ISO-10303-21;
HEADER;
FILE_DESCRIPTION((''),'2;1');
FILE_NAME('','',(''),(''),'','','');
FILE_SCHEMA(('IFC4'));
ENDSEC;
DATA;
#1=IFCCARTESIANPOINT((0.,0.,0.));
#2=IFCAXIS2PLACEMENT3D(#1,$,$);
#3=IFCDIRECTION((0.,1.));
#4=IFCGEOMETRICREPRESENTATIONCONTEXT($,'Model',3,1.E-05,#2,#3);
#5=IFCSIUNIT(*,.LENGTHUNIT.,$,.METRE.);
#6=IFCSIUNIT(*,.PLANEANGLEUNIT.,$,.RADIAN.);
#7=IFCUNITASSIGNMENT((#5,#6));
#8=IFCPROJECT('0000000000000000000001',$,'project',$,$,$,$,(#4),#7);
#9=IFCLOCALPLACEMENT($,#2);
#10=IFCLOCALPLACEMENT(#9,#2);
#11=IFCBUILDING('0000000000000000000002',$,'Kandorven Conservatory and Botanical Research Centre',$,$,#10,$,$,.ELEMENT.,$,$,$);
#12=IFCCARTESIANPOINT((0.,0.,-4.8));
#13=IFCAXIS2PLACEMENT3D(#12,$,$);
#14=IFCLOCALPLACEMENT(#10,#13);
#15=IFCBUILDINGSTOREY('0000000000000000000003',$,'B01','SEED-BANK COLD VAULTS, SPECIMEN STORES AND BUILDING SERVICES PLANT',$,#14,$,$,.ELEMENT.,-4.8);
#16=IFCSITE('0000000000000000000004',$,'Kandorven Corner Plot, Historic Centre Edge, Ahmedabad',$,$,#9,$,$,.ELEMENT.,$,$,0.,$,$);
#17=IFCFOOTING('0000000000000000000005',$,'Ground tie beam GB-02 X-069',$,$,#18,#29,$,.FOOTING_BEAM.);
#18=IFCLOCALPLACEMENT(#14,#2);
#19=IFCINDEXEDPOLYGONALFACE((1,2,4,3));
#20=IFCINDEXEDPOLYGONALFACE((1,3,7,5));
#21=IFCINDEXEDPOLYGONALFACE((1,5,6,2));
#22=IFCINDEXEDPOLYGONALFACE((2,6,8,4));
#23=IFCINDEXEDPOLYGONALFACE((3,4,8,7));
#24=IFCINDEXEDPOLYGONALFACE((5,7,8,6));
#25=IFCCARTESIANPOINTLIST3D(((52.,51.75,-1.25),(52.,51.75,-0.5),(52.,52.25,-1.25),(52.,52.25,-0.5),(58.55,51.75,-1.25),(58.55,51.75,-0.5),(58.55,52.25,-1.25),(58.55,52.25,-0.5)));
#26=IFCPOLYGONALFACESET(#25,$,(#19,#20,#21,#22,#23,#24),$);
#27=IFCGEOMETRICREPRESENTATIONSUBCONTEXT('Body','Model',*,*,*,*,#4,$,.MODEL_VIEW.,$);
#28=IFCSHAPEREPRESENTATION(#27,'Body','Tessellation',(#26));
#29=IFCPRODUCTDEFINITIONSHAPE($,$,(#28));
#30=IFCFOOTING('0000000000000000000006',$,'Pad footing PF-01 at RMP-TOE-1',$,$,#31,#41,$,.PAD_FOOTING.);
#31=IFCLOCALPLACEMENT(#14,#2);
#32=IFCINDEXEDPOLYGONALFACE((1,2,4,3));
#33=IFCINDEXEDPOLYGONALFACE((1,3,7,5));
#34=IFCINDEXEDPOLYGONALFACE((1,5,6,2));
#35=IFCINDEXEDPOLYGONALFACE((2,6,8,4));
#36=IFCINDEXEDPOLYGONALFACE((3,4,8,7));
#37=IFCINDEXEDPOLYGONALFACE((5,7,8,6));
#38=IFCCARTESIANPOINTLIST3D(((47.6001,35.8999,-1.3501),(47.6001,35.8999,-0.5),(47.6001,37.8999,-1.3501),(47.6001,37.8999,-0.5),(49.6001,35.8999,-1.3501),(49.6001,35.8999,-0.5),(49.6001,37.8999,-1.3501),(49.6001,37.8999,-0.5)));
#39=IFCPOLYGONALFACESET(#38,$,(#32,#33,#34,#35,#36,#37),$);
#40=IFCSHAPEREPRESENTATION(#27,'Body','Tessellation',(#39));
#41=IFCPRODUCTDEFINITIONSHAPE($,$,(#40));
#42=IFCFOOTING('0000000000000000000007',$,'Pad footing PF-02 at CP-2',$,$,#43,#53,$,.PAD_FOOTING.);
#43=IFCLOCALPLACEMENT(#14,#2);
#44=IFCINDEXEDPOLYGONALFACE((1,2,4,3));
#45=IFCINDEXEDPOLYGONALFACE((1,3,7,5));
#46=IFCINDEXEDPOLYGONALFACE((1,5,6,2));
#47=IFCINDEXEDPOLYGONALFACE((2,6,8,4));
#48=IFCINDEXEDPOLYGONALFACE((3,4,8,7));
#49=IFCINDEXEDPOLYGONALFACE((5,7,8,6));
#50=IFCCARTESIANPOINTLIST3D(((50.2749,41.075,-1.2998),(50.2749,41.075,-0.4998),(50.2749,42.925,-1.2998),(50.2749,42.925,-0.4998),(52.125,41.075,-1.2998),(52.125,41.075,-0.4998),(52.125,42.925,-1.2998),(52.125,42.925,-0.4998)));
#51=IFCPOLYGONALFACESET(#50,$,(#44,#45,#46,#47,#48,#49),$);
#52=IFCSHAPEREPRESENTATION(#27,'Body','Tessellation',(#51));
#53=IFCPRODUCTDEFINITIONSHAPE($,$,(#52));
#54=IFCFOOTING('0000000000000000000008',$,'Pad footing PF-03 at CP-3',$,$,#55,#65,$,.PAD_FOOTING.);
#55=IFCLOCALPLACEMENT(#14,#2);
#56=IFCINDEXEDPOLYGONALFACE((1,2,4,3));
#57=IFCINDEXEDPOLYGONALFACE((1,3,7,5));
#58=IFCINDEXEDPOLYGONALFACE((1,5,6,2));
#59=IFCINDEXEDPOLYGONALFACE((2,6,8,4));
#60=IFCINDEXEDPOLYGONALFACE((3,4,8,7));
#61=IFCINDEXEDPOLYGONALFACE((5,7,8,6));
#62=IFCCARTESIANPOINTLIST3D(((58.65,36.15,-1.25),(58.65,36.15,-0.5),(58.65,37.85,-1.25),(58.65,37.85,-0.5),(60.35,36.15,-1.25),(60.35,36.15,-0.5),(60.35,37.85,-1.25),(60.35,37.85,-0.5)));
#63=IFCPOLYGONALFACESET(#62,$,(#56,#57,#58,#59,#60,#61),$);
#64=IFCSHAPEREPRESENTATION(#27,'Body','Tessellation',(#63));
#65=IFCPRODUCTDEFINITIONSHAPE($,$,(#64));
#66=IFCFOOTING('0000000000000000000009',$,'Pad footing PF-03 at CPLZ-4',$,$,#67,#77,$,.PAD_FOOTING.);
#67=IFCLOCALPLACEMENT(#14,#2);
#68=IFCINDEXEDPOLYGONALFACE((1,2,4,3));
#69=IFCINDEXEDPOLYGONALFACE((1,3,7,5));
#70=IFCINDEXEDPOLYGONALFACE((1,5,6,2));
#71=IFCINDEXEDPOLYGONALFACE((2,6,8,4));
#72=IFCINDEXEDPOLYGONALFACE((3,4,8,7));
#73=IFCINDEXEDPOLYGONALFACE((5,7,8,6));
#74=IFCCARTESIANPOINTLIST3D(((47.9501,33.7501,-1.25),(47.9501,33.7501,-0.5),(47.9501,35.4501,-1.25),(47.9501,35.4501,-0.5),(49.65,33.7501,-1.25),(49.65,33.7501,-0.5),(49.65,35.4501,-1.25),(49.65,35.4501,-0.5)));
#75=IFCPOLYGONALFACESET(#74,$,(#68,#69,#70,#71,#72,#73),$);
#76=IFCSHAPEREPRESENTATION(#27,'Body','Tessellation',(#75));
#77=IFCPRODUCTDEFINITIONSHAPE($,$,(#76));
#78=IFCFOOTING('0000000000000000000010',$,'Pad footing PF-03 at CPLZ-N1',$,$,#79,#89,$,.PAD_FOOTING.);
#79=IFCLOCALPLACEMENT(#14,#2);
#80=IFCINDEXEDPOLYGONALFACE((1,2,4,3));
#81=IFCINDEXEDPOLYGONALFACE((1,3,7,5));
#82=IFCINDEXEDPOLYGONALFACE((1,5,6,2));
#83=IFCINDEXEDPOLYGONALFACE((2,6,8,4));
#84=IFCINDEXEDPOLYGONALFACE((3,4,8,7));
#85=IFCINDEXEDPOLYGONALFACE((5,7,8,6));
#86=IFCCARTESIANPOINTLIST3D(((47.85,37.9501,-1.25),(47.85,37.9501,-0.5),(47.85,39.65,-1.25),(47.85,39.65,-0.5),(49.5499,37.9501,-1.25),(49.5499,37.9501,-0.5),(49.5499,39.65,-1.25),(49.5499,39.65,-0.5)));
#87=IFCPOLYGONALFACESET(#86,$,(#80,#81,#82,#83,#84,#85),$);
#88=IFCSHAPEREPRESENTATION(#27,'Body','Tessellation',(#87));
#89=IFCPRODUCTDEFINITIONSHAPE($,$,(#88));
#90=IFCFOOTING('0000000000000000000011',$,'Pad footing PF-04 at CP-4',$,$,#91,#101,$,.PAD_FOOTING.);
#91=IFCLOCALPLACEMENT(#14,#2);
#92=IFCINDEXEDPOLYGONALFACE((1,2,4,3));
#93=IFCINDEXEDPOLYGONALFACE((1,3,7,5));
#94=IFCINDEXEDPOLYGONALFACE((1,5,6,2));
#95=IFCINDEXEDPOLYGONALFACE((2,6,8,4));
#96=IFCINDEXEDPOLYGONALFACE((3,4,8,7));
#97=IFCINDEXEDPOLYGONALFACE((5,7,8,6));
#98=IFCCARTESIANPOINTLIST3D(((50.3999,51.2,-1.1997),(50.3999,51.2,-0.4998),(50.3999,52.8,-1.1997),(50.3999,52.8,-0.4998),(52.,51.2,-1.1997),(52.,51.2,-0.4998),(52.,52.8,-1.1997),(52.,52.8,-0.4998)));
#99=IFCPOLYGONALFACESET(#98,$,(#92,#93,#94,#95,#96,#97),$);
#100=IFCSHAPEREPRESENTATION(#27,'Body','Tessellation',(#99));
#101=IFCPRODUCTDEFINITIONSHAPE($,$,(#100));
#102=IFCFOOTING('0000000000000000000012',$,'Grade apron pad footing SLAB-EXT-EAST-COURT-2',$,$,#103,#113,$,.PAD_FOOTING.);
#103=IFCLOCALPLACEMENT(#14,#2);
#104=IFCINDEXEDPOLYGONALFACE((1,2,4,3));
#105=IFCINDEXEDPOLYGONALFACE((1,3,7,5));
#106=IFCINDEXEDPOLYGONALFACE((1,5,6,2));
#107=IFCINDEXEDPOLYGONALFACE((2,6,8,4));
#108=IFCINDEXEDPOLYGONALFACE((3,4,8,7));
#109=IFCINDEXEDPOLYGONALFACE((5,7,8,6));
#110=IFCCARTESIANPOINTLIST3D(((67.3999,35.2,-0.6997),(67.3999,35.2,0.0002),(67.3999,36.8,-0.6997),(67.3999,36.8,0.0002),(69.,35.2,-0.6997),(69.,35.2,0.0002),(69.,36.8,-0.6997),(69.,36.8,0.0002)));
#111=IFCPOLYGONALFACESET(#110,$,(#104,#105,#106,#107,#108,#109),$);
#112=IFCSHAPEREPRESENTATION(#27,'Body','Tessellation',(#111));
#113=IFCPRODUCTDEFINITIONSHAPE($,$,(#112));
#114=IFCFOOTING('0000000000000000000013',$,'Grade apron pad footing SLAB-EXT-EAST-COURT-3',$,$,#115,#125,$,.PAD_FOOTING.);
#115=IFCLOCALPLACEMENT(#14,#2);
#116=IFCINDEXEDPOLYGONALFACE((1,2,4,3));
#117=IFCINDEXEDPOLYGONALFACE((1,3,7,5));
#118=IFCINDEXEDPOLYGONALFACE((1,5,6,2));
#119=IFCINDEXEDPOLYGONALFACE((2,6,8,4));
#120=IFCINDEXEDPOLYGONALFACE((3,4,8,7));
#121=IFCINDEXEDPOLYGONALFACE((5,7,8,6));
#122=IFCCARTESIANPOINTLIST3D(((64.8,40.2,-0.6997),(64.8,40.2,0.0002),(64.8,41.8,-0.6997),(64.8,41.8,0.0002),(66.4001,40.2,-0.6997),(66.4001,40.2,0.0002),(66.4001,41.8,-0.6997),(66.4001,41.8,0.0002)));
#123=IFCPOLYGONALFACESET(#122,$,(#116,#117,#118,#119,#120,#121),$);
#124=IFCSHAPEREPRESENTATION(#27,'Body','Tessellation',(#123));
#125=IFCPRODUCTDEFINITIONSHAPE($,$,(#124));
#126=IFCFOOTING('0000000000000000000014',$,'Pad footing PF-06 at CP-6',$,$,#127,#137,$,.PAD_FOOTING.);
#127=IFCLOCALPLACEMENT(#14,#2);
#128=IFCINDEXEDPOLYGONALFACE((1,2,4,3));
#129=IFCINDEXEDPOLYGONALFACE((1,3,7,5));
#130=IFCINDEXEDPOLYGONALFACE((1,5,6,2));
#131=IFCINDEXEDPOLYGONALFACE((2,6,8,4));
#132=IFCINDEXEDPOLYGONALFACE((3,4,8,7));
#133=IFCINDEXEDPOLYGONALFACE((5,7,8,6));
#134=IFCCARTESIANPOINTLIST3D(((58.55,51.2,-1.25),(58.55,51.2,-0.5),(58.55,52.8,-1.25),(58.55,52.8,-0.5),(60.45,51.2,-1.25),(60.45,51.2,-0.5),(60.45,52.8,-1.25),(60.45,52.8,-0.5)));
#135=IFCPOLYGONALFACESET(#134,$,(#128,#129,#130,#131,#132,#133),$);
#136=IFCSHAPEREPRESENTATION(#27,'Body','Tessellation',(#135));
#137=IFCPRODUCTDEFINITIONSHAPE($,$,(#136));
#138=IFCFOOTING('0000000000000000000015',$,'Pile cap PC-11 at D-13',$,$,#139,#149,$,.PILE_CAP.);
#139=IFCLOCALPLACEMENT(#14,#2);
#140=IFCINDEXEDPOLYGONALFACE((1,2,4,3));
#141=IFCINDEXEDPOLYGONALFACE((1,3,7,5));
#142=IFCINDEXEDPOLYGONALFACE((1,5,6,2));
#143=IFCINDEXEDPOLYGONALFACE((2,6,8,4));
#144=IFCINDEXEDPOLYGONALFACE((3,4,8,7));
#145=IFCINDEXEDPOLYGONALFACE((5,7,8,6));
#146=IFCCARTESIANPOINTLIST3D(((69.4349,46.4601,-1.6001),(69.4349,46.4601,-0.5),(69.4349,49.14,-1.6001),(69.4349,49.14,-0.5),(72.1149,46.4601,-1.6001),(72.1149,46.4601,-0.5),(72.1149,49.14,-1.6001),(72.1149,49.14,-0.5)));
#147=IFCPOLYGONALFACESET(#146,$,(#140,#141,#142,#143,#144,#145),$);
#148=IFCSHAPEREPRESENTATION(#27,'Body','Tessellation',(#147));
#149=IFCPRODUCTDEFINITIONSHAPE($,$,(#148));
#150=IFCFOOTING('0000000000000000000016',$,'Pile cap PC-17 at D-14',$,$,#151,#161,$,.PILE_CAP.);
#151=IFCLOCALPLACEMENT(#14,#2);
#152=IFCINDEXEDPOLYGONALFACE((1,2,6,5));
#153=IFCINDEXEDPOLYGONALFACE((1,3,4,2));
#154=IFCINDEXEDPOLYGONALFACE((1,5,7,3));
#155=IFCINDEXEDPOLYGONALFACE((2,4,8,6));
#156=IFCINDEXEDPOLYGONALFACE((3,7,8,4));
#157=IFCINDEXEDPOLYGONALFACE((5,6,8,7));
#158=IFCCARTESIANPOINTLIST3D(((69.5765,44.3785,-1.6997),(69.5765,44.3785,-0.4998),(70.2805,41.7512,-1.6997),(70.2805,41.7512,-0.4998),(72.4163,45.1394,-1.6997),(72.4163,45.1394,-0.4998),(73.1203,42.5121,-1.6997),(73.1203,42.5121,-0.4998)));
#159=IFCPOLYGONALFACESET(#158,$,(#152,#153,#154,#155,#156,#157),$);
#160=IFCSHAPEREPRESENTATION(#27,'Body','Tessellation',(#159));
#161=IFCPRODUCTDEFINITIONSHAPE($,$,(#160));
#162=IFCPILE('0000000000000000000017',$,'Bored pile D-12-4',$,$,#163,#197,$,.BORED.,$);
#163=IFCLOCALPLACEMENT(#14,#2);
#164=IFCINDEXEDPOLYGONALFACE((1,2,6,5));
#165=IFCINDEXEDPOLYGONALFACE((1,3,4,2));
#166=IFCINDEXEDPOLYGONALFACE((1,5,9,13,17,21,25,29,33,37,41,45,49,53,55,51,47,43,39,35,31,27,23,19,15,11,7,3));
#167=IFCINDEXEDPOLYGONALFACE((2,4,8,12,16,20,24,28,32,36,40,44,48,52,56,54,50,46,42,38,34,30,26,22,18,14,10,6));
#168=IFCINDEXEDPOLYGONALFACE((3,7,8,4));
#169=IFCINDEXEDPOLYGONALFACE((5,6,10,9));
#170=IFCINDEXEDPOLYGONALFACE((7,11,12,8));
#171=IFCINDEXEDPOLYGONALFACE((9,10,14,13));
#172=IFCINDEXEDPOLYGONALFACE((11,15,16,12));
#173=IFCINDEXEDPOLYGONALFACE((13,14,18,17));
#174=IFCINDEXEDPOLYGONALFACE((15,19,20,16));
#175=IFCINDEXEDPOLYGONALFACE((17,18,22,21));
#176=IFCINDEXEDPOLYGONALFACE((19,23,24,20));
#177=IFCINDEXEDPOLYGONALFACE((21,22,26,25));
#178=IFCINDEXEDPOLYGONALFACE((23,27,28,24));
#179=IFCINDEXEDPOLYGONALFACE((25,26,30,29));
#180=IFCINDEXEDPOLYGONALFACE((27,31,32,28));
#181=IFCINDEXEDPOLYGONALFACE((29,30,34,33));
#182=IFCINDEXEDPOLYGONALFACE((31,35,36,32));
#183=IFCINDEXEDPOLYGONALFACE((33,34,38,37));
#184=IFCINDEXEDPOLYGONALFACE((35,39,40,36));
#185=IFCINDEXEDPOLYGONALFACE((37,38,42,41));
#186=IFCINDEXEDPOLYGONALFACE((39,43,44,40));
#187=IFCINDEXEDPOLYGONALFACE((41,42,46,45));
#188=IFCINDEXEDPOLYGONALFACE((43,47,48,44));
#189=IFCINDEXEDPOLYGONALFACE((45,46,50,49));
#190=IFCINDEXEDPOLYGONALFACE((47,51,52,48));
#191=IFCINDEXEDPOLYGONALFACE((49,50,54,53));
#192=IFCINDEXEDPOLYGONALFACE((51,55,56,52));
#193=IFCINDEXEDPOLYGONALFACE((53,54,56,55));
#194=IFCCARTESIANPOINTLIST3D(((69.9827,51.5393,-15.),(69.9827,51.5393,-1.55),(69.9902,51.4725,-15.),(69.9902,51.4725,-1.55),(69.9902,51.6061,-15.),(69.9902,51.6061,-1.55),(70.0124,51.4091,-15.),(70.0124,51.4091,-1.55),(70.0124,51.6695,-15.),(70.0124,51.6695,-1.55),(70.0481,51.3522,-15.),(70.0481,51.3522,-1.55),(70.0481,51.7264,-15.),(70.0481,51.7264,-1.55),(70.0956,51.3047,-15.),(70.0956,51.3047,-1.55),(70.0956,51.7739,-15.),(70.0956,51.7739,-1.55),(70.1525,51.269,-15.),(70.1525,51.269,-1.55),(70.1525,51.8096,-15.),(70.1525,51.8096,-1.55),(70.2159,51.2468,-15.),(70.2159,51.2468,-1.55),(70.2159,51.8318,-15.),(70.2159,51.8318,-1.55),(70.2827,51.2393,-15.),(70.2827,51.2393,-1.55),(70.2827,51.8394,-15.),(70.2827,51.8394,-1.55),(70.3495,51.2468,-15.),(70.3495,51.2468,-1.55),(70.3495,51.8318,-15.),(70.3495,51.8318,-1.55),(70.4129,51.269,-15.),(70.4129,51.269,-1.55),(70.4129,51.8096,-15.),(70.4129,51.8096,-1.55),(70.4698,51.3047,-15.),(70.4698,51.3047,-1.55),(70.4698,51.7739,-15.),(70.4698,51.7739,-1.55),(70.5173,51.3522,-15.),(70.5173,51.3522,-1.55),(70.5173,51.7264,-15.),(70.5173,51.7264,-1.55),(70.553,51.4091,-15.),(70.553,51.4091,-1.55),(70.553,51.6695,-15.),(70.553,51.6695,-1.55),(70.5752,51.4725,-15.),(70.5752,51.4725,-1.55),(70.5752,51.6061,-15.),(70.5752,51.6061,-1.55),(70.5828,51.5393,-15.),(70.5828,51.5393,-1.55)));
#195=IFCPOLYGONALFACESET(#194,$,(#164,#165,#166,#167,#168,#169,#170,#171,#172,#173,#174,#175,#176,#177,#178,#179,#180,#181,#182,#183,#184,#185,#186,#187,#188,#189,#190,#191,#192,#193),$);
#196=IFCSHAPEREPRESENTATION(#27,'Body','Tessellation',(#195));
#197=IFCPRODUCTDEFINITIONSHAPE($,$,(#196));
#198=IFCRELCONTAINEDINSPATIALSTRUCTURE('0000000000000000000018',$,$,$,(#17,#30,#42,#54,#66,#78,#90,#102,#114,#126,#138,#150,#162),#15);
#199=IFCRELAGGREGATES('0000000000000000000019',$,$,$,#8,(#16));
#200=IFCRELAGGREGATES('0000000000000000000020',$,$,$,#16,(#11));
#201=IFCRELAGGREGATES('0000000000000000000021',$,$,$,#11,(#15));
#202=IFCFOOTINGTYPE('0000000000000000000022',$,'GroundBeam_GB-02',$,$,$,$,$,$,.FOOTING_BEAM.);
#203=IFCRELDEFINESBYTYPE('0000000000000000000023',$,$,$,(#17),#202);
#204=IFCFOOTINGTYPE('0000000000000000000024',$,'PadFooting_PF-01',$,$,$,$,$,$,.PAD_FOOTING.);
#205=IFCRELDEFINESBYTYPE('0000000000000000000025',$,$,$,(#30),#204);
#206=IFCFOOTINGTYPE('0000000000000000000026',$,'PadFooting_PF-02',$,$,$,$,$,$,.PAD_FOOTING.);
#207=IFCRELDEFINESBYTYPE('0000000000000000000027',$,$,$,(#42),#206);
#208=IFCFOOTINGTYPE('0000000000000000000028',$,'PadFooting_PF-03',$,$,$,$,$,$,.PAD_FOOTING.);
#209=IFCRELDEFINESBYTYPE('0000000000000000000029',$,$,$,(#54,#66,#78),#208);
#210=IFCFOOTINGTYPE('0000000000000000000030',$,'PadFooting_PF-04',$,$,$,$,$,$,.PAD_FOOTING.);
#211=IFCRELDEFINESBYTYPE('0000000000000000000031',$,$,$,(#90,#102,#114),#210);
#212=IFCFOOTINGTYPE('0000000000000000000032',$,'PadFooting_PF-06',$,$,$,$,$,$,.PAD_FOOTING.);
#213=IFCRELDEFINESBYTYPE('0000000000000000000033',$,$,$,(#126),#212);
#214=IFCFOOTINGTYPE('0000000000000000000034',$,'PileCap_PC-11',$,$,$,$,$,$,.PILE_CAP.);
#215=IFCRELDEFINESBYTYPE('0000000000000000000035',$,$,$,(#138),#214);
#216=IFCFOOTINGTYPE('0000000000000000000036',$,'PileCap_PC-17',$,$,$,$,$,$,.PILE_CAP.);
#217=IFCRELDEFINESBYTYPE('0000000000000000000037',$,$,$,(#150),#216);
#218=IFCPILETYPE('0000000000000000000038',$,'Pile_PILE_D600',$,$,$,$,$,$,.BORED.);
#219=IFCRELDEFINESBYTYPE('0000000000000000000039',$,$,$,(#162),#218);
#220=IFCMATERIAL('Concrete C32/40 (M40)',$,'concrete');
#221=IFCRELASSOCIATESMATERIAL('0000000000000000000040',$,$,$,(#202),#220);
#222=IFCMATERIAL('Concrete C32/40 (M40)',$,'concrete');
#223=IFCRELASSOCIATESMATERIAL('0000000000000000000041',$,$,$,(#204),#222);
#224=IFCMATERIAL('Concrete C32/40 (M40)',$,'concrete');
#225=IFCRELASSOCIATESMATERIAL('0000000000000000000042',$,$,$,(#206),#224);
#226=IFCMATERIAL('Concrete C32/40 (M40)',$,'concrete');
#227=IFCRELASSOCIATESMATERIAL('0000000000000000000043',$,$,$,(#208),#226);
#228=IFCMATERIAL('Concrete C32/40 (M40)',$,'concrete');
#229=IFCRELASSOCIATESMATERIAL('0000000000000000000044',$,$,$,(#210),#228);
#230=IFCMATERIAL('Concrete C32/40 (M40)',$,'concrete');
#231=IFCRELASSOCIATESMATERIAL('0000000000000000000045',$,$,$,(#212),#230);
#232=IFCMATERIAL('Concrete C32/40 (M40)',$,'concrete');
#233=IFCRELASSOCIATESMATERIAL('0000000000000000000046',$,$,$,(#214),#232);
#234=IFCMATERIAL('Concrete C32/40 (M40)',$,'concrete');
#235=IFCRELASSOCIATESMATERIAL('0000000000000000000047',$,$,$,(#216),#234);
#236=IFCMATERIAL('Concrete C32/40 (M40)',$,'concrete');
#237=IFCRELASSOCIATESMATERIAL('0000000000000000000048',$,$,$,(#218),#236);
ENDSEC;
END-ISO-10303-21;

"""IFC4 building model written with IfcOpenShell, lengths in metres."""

from ifc_helpers import new_model, si_unit, direction, frame, origin, origin_2d, place, context, subcontext, project, spatial, rectangle, circle, extrude, material, material_profile, profile_set, type_object, element, save


model = new_model("IFC4")

# Units and contexts
model_context = context("Model", 3, precision=1e-05, world=origin(), true_north=direction((0.0, 1.0)))
body_context = subcontext(model_context, "Body", "Model", "MODEL_VIEW")
ifc_project = project(units=[si_unit("LENGTHUNIT", "METRE"), si_unit("PLANEANGLEUNIT", "RADIAN")], contexts=[model_context])

# Site, building, storey
site_placement = place(None, origin())
site = spatial("IfcSite", under=ifc_project, at=site_placement, Name="Kandorven Corner Plot, Historic Centre Edge, Ahmedabad", CompositionType="ELEMENT", RefElevation=0.0)
building_placement = place(site_placement, origin())
building = spatial("IfcBuilding", under=site, at=building_placement, Name="Kandorven Conservatory and Botanical Research Centre", CompositionType="ELEMENT")
storey_placement = place(building_placement, frame((0.0, 0.0, -4.8)))
storey = spatial("IfcBuildingStorey", under=building, at=storey_placement, Name="B01", Description="SEED-BANK COLD VAULTS, SPECIMEN STORES AND BUILDING SERVICES PLANT", CompositionType="ELEMENT", Elevation=-4.8)

# Footings
ifc_material_1 = material(Name="Concrete C32/40 (M40)", Category="concrete")
ifc_material_profile_1 = material_profile(ifc_material_1, rectangle(XDim=0.5, YDim=0.75, at=origin_2d()))
ifc_profile_set_1 = profile_set([ifc_material_profile_1], Name="Concrete C32/40 (M40)")
footing_type_1 = type_object("IfcFootingType", Name="GroundBeam_GB-02", PredefinedType="FOOTING_BEAM", material=ifc_profile_set_1)
footing_1_placement = place(storey_placement, frame((52.0, 52.0, -0.875), z_axis=(1.0, 0.0, 0.0), x_axis=(0.0, 1.0, 0.0)))
element("IfcFooting", 1, at=footing_1_placement, inside=storey, type_object=footing_type_1, Name="Ground tie beam GB-02 X-069", PredefinedType="FOOTING_BEAM", context=body_context, shape_type="SweptSolid", body=[
    extrude(rectangle(XDim=0.5, YDim=0.75, at=origin_2d()), origin(), (0.0, 0.0, 1.0), 6.55),
])
ifc_material_2 = material(Name="Concrete C32/40 (M40)", Category="concrete")
footing_type_2 = type_object("IfcFootingType", Name="PadFooting_PF-01", PredefinedType="PAD_FOOTING", material=ifc_material_2)
footing_2_placement = place(storey_placement, frame((48.6001, 36.8999, -1.3501), z_axis=(0.0, 0.0, 1.0), x_axis=(1.0, 0.0, 0.0)))
element("IfcFooting", 2, at=footing_2_placement, inside=storey, type_object=footing_type_2, Name="Pad footing PF-01 at RMP-TOE-1", PredefinedType="PAD_FOOTING", context=body_context, shape_type="SweptSolid", body=[
    extrude(rectangle(XDim=2.0, YDim=2.0, at=origin_2d()), origin(), (0.0, 0.0, 1.0), 0.8501),
])
ifc_material_3 = material(Name="Concrete C32/40 (M40)", Category="concrete")
footing_type_3 = type_object("IfcFootingType", Name="PadFooting_PF-02", PredefinedType="PAD_FOOTING", material=ifc_material_3)
footing_3_placement = place(storey_placement, frame((51.2, 42.0, -1.2998), z_axis=(0.0, 0.0, 1.0), x_axis=(1.0, 0.0, 0.0)))
element("IfcFooting", 3, at=footing_3_placement, inside=storey, type_object=footing_type_3, Name="Pad footing PF-02 at CP-2", PredefinedType="PAD_FOOTING", context=body_context, shape_type="SweptSolid", body=[
    extrude(rectangle(XDim=1.8501, YDim=1.8501, at=origin_2d()), origin(), (0.0, 0.0, 1.0), 0.8),
])
ifc_material_4 = material(Name="Concrete C32/40 (M40)", Category="concrete")
footing_type_4 = type_object("IfcFootingType", Name="PadFooting_PF-03", PredefinedType="PAD_FOOTING", material=ifc_material_4)
for number, where, z_axis, x_axis, name in (
    (4, (59.5, 37.0, -1.25), (0.0, 0.0, 1.0), (1.0, 0.0, 0.0), "Pad footing PF-03 at CP-3"),
    (5, (48.8, 34.6001, -1.25), (0.0, 0.0, 1.0), (1.0, 0.0, 0.0), "Pad footing PF-03 at CPLZ-4"),
    (6, (48.7, 38.8, -1.25), (0.0, 0.0, 1.0), (1.0, 0.0, 0.0), "Pad footing PF-03 at CPLZ-N1"),
):
    element("IfcFooting", number, at=place(storey_placement, frame(where, z_axis=z_axis, x_axis=x_axis)), inside=storey, type_object=footing_type_4, Name=name, PredefinedType="PAD_FOOTING", context=body_context, shape_type="SweptSolid", body=[
        extrude(rectangle(XDim=1.7, YDim=1.7, at=origin_2d()), origin(), (0.0, 0.0, 1.0), 0.75),
    ])
ifc_material_5 = material(Name="Concrete C32/40 (M40)", Category="concrete")
footing_type_5 = type_object("IfcFootingType", Name="PadFooting_PF-04", PredefinedType="PAD_FOOTING", material=ifc_material_5)
for number, where, z_axis, x_axis, name in (
    (7, (51.2, 52.0, -1.1997), (0.0, 0.0, 1.0), (1.0, 0.0, 0.0), "Pad footing PF-04 at CP-4"),
    (8, (68.2, 36.0, -0.6997), (0.0, 0.0, 1.0), (1.0, 0.0, 0.0), "Grade apron pad footing SLAB-EXT-EAST-COURT-2"),
    (9, (65.6001, 41.0, -0.6997), (0.0, 0.0, 1.0), (1.0, 0.0, 0.0), "Grade apron pad footing SLAB-EXT-EAST-COURT-3"),
):
    element("IfcFooting", number, at=place(storey_placement, frame(where, z_axis=z_axis, x_axis=x_axis)), inside=storey, type_object=footing_type_5, Name=name, PredefinedType="PAD_FOOTING", context=body_context, shape_type="SweptSolid", body=[
        extrude(rectangle(XDim=1.6001, YDim=1.6001, at=origin_2d()), origin(), (0.0, 0.0, 1.0), 0.7),
    ])
ifc_material_6 = material(Name="Concrete C32/40 (M40)", Category="concrete")
footing_type_6 = type_object("IfcFootingType", Name="PadFooting_PF-06", PredefinedType="PAD_FOOTING", material=ifc_material_6)
footing_4_placement = place(storey_placement, frame((59.5, 52.0, -1.25), z_axis=(0.0, 0.0, 1.0), x_axis=(1.0, 0.0, 0.0)))
element("IfcFooting", 10, at=footing_4_placement, inside=storey, type_object=footing_type_6, Name="Pad footing PF-06 at CP-6", PredefinedType="PAD_FOOTING", context=body_context, shape_type="SweptSolid", body=[
    extrude(rectangle(XDim=1.8999, YDim=1.6001, at=origin_2d()), origin(), (0.0, 0.0, 1.0), 0.75),
])
ifc_material_7 = material(Name="Concrete C32/40 (M40)", Category="concrete")
footing_type_7 = type_object("IfcFootingType", Name="PileCap_PC-11", PredefinedType="PILE_CAP", material=ifc_material_7)
footing_5_placement = place(storey_placement, frame((70.7749, 47.8, -1.6001), z_axis=(0.0, 0.0, 1.0), x_axis=(-1.0, 0.0, 0.0)))
element("IfcFooting", 11, at=footing_5_placement, inside=storey, type_object=footing_type_7, Name="Pile cap PC-11 at D-13", PredefinedType="PILE_CAP", context=body_context, shape_type="SweptSolid", body=[
    extrude(rectangle(XDim=2.6799, YDim=2.6799, at=origin_2d()), origin(), (0.0, 0.0, 1.0), 1.1001),
])
ifc_material_8 = material(Name="Concrete C32/40 (M40)", Category="concrete")
footing_type_8 = type_object("IfcFootingType", Name="PileCap_PC-17", PredefinedType="PILE_CAP", material=ifc_material_8)
footing_6_placement = place(storey_placement, frame((71.3484, 43.4453, -1.6997), z_axis=(0.0, 0.0, 1.0), x_axis=(-0.965926, -0.258819, 0.0)))
element("IfcFooting", 12, at=footing_6_placement, inside=storey, type_object=footing_type_8, Name="Pile cap PC-17 at D-14", PredefinedType="PILE_CAP", context=body_context, shape_type="SweptSolid", body=[
    extrude(rectangle(XDim=2.9399, YDim=2.72, at=origin_2d()), origin(), (0.0, 0.0, 1.0), 1.2),
])

# Pile
ifc_material_9 = material(Name="Concrete C32/40 (M40)", Category="concrete")
ifc_material_profile_2 = material_profile(ifc_material_9, circle(Radius=0.3, at=origin_2d()))
ifc_profile_set_2 = profile_set([ifc_material_profile_2], Name="Concrete C32/40 (M40)")
pile_type = type_object("IfcPileType", Name="Pile_PILE_D600", PredefinedType="BORED", material=ifc_profile_set_2)
pile_placement = place(storey_placement, frame((70.2827, 51.5393, -1.55), z_axis=(0.0, 0.0, -1.0), x_axis=(1.0, 0.0, 0.0)))
element("IfcPile", 13, at=pile_placement, inside=storey, type_object=pile_type, Name="Bored pile D-12-4", PredefinedType="BORED", context=body_context, shape_type="SweptSolid", body=[
    extrude(circle(Radius=0.3, at=origin_2d()), origin(), (0.0, 0.0, 1.0), 13.45),
])

save(model, "model.ifc")
